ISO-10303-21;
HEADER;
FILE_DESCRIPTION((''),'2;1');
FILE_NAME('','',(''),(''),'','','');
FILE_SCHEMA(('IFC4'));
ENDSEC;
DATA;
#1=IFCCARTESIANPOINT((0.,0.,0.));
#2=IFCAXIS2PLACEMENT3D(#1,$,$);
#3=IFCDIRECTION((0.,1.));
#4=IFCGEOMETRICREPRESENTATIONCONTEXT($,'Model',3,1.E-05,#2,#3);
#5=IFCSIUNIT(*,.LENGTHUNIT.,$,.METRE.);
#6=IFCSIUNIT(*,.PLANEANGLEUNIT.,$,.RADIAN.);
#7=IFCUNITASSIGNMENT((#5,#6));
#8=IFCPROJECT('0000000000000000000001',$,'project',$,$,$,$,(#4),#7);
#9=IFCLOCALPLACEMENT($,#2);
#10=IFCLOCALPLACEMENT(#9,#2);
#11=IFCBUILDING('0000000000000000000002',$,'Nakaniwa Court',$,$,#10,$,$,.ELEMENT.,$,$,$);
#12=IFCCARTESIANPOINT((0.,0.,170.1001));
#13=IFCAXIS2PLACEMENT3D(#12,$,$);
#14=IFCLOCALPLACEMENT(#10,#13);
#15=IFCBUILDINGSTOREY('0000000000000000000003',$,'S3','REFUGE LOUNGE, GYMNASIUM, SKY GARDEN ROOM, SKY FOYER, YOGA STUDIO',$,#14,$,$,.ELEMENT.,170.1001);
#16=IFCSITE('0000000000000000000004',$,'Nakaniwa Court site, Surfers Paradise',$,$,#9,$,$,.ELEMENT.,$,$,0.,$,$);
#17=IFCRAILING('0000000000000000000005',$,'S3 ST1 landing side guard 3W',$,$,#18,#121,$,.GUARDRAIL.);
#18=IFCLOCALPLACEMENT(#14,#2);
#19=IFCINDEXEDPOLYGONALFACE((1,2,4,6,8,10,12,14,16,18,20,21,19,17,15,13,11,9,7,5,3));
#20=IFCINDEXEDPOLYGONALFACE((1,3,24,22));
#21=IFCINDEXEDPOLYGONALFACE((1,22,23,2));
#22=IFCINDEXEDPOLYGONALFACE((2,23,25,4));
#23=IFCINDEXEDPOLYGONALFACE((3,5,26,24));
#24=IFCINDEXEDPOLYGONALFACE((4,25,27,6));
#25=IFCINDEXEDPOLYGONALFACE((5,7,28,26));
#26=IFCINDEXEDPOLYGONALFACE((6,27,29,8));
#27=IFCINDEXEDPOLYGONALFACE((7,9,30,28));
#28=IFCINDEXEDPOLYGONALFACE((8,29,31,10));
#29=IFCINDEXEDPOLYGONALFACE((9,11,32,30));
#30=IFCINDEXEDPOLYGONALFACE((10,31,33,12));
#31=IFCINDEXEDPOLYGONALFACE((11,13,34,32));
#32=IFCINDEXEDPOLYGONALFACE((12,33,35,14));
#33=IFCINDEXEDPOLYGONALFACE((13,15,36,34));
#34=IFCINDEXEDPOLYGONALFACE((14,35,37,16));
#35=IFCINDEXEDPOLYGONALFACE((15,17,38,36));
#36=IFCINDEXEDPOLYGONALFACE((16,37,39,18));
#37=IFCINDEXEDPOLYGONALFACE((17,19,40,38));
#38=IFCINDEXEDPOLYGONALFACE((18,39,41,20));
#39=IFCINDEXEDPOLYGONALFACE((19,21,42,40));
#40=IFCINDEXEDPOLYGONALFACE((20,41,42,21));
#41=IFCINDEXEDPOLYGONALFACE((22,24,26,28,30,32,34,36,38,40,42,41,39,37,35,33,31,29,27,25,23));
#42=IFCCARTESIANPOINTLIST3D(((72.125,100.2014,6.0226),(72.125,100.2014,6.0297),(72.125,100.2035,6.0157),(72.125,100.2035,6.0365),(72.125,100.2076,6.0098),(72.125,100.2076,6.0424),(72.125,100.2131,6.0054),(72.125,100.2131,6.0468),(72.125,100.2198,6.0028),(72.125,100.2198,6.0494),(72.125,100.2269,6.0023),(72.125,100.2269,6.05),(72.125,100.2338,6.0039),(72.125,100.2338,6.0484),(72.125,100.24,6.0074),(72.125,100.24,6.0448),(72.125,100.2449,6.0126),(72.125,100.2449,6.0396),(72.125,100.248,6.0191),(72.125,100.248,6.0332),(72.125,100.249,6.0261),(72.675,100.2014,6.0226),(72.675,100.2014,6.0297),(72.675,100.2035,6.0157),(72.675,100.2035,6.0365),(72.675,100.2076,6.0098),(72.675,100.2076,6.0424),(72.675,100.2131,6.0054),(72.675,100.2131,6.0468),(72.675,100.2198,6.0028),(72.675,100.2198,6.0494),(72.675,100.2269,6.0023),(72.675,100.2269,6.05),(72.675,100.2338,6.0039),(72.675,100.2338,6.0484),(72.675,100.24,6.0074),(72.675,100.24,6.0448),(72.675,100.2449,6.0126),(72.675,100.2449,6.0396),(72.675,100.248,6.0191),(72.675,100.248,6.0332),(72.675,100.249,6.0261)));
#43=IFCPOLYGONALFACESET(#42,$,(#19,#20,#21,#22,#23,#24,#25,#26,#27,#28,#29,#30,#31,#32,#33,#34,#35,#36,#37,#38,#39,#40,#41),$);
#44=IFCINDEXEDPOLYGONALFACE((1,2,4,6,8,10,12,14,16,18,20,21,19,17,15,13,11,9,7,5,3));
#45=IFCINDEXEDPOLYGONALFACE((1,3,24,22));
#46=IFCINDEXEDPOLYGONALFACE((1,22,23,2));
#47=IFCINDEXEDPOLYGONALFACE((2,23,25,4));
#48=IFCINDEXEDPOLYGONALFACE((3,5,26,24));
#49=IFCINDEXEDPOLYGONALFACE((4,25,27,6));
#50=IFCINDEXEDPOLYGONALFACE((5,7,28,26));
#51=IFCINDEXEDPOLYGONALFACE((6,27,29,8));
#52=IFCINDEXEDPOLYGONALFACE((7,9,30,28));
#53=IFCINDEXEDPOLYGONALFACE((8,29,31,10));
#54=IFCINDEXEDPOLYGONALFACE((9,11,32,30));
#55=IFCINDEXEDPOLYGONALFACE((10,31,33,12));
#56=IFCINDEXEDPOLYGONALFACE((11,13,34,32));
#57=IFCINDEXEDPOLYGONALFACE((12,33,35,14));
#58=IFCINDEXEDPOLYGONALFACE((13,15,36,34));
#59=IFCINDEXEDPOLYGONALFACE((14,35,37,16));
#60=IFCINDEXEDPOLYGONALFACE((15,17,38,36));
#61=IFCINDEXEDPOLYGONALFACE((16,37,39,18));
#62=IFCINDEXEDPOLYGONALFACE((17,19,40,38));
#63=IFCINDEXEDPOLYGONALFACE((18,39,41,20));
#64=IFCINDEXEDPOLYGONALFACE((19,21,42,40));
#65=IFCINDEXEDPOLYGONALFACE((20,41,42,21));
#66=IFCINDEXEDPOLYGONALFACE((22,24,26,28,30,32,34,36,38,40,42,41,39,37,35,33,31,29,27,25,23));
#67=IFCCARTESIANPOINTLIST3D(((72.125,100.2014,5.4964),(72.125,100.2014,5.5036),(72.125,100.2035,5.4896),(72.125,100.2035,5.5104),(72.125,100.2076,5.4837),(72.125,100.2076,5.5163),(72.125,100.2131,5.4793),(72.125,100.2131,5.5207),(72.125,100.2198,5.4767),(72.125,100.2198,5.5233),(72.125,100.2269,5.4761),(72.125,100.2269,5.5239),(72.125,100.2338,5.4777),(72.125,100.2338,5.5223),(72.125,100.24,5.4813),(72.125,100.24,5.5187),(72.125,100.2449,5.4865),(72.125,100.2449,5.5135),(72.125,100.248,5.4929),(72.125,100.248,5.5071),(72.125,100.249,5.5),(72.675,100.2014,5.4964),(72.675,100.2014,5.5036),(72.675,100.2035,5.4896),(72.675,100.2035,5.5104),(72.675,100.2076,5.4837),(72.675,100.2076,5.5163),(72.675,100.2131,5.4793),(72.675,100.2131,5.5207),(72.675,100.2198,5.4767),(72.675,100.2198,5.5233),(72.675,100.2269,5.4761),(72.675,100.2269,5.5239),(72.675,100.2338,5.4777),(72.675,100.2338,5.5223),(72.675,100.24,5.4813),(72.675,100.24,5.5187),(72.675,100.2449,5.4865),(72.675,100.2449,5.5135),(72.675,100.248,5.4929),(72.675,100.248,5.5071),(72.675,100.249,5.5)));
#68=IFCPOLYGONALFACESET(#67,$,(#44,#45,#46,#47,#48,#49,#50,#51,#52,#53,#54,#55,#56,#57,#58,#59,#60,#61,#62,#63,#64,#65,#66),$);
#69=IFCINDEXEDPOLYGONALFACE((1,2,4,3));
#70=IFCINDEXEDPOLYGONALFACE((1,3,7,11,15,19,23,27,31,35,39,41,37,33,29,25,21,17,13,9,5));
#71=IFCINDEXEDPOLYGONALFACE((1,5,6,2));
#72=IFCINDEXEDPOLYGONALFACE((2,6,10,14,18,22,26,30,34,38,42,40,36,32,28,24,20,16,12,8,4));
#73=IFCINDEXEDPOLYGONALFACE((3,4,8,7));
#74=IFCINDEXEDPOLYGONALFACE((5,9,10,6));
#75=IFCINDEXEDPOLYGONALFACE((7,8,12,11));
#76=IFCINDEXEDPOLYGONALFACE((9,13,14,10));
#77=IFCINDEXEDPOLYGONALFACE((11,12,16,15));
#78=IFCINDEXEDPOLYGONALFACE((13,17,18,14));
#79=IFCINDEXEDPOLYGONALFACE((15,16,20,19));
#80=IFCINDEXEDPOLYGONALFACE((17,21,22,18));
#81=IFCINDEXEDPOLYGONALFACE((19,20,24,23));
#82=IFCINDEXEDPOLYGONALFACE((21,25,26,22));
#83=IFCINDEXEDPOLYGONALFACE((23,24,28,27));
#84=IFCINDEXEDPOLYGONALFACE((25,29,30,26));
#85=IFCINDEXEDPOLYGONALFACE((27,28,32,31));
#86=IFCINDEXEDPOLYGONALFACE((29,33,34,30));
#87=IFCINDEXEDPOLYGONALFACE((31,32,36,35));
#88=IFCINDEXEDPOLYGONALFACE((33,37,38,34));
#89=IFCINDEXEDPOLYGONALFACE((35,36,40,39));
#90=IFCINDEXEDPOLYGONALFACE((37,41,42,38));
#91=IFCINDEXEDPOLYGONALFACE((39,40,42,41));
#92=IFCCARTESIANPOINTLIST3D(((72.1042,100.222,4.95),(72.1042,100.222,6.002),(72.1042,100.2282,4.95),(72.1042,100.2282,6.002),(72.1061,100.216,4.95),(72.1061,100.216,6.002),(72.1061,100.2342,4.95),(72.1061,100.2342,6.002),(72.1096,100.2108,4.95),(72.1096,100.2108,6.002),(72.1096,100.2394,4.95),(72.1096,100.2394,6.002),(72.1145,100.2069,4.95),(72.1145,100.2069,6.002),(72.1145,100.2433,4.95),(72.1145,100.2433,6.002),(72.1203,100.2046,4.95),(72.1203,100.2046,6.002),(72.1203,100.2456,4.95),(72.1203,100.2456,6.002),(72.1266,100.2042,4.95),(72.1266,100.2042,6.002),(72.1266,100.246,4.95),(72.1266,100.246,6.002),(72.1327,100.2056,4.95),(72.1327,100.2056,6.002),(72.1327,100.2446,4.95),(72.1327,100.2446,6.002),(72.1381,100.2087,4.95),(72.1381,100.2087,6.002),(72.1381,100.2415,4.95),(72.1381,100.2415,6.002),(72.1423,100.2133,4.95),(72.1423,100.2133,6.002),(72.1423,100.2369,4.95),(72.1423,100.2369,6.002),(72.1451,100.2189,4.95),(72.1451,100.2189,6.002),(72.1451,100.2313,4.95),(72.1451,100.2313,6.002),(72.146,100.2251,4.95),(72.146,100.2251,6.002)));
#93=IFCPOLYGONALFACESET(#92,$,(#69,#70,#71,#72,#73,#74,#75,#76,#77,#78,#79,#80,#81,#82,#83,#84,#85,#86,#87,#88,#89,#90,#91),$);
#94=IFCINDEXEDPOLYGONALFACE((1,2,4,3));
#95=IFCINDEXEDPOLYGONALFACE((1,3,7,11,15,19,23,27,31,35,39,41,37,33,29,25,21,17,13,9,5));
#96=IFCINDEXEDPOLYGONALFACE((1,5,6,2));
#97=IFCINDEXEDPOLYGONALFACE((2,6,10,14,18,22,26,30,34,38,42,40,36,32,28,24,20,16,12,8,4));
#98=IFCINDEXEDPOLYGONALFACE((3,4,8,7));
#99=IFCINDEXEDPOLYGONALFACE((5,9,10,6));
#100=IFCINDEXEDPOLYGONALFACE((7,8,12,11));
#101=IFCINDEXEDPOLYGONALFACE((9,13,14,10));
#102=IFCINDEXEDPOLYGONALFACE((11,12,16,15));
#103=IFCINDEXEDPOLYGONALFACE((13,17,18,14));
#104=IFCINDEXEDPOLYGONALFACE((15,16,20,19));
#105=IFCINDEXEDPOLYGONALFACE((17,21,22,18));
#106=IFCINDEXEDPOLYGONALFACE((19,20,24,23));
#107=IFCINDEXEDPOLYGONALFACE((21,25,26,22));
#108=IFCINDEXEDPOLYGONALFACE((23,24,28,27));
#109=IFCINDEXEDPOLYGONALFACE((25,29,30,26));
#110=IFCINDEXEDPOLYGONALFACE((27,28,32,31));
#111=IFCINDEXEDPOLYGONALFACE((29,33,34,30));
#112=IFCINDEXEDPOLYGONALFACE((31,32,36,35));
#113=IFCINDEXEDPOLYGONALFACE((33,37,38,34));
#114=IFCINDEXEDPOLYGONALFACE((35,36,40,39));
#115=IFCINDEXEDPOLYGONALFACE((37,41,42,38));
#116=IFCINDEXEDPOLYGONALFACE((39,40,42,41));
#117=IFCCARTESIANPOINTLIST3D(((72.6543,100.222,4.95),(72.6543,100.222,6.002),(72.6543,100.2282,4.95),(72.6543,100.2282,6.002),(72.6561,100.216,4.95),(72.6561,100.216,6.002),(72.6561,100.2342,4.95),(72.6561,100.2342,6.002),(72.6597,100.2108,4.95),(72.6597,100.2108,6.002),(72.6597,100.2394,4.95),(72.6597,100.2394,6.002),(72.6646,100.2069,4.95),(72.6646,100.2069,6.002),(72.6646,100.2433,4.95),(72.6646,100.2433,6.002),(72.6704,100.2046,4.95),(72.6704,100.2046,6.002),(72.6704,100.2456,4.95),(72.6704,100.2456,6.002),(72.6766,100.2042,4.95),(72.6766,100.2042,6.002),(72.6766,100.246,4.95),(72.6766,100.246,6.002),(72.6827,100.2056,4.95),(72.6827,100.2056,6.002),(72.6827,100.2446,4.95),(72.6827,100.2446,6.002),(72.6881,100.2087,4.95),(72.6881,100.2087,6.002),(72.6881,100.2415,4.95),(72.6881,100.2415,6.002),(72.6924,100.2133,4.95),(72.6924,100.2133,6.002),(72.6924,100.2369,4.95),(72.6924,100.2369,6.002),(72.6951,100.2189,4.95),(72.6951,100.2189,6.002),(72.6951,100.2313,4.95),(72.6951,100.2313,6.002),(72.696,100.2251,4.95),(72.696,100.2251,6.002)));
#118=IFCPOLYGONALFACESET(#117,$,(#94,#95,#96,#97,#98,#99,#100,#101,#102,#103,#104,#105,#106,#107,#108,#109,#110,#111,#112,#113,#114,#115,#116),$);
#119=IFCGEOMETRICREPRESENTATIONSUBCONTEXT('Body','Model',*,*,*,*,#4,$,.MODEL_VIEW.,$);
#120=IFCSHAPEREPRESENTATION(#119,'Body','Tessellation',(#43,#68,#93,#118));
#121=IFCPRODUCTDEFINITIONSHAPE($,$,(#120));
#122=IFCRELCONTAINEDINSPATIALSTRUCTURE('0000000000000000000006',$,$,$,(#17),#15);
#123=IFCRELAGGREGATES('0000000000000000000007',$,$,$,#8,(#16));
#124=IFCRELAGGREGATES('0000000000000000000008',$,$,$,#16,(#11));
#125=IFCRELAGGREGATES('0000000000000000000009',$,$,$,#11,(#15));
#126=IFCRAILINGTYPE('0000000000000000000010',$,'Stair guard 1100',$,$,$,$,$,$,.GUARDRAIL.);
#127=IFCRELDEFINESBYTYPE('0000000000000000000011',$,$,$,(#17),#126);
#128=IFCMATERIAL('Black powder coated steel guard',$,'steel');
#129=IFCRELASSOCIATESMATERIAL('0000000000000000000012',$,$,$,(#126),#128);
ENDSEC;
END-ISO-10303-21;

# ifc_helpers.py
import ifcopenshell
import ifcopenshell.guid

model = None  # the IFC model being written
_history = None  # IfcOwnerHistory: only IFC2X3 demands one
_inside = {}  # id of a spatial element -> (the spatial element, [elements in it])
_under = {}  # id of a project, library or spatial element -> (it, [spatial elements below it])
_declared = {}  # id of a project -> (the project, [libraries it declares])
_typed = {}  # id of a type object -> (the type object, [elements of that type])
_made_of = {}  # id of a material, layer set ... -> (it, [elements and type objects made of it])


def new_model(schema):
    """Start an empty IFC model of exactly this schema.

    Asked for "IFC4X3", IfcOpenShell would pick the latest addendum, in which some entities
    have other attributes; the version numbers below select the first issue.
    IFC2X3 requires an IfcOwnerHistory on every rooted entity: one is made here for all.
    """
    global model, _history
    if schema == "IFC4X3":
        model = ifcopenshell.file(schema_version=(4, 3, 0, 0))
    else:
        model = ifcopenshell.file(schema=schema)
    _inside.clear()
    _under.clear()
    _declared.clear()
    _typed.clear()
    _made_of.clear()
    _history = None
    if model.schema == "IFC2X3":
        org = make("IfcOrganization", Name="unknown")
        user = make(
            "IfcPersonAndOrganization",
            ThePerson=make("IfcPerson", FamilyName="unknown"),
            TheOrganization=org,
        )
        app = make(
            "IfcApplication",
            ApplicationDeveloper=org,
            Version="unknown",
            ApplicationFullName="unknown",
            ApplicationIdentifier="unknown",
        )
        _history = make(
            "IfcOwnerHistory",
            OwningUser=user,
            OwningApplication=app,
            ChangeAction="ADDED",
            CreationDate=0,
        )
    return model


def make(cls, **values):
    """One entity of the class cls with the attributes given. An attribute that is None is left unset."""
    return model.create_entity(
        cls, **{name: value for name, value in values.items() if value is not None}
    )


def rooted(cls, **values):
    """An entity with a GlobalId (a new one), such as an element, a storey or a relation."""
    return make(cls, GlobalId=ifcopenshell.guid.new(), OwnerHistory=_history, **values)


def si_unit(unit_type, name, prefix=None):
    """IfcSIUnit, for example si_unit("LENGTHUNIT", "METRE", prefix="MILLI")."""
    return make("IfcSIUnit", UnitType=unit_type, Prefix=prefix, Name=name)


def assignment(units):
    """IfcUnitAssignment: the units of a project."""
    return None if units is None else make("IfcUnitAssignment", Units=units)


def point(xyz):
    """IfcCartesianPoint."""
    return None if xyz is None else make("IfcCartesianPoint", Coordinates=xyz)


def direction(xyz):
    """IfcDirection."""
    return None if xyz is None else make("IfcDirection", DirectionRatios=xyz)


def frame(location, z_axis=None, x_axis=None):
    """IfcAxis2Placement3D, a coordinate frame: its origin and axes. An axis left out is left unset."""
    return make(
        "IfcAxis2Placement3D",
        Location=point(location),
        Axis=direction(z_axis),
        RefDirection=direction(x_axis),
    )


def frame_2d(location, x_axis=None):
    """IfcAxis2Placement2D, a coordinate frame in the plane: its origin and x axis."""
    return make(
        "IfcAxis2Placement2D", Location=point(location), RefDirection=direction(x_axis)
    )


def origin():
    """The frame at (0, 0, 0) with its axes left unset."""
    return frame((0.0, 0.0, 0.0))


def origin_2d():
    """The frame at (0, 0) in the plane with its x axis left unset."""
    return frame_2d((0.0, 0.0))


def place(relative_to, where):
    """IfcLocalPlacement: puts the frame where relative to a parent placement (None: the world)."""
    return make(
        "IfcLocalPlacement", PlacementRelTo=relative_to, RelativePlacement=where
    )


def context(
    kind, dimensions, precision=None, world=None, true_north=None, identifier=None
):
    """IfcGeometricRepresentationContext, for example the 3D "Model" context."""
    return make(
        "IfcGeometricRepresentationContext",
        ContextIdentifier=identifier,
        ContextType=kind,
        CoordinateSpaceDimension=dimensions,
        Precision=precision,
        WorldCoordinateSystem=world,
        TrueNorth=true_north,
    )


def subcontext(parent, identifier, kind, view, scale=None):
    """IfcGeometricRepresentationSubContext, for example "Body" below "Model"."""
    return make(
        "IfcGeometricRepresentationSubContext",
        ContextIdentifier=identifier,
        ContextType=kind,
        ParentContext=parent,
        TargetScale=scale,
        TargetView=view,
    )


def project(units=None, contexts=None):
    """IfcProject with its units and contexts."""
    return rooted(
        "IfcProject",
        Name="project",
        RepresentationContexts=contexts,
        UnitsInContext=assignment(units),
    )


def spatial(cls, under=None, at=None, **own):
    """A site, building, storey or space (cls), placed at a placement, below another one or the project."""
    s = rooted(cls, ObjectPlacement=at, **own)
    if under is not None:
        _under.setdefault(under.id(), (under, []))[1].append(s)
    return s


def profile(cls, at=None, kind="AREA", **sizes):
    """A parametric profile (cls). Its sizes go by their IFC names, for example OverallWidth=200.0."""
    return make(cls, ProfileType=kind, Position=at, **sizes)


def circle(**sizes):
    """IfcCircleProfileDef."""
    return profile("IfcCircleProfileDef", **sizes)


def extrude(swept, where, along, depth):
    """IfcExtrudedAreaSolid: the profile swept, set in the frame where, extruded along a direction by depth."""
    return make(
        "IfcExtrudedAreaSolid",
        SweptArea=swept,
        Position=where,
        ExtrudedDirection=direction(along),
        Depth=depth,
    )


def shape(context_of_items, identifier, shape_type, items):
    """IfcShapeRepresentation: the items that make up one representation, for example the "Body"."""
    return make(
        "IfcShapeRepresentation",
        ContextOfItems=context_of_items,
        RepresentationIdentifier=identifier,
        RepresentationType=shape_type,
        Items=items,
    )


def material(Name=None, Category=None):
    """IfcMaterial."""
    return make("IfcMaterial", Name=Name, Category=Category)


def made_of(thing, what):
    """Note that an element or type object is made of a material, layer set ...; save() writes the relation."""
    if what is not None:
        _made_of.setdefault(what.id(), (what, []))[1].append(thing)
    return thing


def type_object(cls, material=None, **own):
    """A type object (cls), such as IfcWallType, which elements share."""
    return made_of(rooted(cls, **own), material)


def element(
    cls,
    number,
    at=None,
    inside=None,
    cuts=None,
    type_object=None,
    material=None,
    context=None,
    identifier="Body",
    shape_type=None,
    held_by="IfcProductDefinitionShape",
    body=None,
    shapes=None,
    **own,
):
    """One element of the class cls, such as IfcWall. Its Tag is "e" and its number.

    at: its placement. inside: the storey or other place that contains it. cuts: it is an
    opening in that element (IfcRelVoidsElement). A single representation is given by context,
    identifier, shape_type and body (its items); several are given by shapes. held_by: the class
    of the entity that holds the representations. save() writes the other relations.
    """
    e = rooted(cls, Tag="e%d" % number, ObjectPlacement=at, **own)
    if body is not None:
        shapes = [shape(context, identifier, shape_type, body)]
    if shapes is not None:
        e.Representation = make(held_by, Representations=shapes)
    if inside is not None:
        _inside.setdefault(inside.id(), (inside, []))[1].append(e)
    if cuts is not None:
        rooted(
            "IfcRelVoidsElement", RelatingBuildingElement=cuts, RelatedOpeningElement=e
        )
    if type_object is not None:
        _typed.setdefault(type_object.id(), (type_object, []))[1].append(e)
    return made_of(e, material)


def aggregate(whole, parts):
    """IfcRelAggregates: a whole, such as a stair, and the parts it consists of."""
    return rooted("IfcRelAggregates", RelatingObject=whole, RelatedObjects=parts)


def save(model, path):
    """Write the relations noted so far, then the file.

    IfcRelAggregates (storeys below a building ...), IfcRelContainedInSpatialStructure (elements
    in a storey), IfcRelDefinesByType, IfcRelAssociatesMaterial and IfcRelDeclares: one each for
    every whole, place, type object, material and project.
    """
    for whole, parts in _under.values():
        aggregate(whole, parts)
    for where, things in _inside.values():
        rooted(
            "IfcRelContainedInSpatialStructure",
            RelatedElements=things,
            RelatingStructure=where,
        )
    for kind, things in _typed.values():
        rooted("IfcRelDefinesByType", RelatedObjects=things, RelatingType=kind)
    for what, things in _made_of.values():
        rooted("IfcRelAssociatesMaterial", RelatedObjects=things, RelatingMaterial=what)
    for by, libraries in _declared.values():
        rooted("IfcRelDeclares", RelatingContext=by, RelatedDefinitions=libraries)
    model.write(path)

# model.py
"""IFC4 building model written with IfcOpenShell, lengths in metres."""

from ifc_helpers import new_model, si_unit, direction, frame, origin, origin_2d, place, context, subcontext, project, spatial, circle, extrude, material, type_object, element, save


model = new_model("IFC4")

# Units and contexts
model_context = context("Model", 3, precision=1e-05, world=origin(), true_north=direction((0.0, 1.0)))
body_context = subcontext(model_context, "Body", "Model", "MODEL_VIEW")
ifc_project = project(units=[si_unit("LENGTHUNIT", "METRE"), si_unit("PLANEANGLEUNIT", "RADIAN")], contexts=[model_context])

# Site, building, storey
site_placement = place(None, origin())
site = spatial("IfcSite", under=ifc_project, at=site_placement, Name="Nakaniwa Court site, Surfers Paradise", CompositionType="ELEMENT", RefElevation=0.0)
building_placement = place(site_placement, origin())
building = spatial("IfcBuilding", under=site, at=building_placement, Name="Nakaniwa Court", CompositionType="ELEMENT")
storey_placement = place(building_placement, frame((0.0, 0.0, 170.1001)))
storey = spatial("IfcBuildingStorey", under=building, at=storey_placement, Name="S3", Description="REFUGE LOUNGE, GYMNASIUM, SKY GARDEN ROOM, SKY FOYER, YOGA STUDIO", CompositionType="ELEMENT", Elevation=170.1001)

# Railing
ifc_material_1 = material(Name="Black powder coated steel guard", Category="steel")
railing_type_1 = type_object("IfcRailingType", Name="Stair guard 1100", PredefinedType="GUARDRAIL", material=ifc_material_1)
for number, where, name in (
    (1, (72.125, 100.2251, 4.95), "S3 ST1 landing side guard 3W"),
):
    element("IfcRailing", number, at=place(storey_placement, frame(where)), inside=storey, type_object=railing_type_1, Name=name, PredefinedType="GUARDRAIL", context=body_context, shape_type="SweptSolid", body=[
        extrude(circle(Radius=0.0239, at=origin_2d()), frame((0.0, 0.0, 1.0762), z_axis=(1.0, 0.0, 0.0), x_axis=(0.0, 1.0, 0.0)), (0.0, 0.0, 1.0), 0.55),
        extrude(circle(Radius=0.0239, at=origin_2d()), frame((0.0, 0.0, 0.55), z_axis=(1.0, 0.0, 0.0), x_axis=(0.0, 1.0, 0.0)), (0.0, 0.0, 1.0), 0.55),
        extrude(circle(Radius=0.021, at=origin_2d()), origin(), (0.0, 0.0, 1.0), 1.052),
        extrude(circle(Radius=0.021, at=origin_2d()), frame((0.55, 0.0, 0.0)), (0.0, 0.0, 1.0), 1.052),
    ])

save(model, "model.ifc")
